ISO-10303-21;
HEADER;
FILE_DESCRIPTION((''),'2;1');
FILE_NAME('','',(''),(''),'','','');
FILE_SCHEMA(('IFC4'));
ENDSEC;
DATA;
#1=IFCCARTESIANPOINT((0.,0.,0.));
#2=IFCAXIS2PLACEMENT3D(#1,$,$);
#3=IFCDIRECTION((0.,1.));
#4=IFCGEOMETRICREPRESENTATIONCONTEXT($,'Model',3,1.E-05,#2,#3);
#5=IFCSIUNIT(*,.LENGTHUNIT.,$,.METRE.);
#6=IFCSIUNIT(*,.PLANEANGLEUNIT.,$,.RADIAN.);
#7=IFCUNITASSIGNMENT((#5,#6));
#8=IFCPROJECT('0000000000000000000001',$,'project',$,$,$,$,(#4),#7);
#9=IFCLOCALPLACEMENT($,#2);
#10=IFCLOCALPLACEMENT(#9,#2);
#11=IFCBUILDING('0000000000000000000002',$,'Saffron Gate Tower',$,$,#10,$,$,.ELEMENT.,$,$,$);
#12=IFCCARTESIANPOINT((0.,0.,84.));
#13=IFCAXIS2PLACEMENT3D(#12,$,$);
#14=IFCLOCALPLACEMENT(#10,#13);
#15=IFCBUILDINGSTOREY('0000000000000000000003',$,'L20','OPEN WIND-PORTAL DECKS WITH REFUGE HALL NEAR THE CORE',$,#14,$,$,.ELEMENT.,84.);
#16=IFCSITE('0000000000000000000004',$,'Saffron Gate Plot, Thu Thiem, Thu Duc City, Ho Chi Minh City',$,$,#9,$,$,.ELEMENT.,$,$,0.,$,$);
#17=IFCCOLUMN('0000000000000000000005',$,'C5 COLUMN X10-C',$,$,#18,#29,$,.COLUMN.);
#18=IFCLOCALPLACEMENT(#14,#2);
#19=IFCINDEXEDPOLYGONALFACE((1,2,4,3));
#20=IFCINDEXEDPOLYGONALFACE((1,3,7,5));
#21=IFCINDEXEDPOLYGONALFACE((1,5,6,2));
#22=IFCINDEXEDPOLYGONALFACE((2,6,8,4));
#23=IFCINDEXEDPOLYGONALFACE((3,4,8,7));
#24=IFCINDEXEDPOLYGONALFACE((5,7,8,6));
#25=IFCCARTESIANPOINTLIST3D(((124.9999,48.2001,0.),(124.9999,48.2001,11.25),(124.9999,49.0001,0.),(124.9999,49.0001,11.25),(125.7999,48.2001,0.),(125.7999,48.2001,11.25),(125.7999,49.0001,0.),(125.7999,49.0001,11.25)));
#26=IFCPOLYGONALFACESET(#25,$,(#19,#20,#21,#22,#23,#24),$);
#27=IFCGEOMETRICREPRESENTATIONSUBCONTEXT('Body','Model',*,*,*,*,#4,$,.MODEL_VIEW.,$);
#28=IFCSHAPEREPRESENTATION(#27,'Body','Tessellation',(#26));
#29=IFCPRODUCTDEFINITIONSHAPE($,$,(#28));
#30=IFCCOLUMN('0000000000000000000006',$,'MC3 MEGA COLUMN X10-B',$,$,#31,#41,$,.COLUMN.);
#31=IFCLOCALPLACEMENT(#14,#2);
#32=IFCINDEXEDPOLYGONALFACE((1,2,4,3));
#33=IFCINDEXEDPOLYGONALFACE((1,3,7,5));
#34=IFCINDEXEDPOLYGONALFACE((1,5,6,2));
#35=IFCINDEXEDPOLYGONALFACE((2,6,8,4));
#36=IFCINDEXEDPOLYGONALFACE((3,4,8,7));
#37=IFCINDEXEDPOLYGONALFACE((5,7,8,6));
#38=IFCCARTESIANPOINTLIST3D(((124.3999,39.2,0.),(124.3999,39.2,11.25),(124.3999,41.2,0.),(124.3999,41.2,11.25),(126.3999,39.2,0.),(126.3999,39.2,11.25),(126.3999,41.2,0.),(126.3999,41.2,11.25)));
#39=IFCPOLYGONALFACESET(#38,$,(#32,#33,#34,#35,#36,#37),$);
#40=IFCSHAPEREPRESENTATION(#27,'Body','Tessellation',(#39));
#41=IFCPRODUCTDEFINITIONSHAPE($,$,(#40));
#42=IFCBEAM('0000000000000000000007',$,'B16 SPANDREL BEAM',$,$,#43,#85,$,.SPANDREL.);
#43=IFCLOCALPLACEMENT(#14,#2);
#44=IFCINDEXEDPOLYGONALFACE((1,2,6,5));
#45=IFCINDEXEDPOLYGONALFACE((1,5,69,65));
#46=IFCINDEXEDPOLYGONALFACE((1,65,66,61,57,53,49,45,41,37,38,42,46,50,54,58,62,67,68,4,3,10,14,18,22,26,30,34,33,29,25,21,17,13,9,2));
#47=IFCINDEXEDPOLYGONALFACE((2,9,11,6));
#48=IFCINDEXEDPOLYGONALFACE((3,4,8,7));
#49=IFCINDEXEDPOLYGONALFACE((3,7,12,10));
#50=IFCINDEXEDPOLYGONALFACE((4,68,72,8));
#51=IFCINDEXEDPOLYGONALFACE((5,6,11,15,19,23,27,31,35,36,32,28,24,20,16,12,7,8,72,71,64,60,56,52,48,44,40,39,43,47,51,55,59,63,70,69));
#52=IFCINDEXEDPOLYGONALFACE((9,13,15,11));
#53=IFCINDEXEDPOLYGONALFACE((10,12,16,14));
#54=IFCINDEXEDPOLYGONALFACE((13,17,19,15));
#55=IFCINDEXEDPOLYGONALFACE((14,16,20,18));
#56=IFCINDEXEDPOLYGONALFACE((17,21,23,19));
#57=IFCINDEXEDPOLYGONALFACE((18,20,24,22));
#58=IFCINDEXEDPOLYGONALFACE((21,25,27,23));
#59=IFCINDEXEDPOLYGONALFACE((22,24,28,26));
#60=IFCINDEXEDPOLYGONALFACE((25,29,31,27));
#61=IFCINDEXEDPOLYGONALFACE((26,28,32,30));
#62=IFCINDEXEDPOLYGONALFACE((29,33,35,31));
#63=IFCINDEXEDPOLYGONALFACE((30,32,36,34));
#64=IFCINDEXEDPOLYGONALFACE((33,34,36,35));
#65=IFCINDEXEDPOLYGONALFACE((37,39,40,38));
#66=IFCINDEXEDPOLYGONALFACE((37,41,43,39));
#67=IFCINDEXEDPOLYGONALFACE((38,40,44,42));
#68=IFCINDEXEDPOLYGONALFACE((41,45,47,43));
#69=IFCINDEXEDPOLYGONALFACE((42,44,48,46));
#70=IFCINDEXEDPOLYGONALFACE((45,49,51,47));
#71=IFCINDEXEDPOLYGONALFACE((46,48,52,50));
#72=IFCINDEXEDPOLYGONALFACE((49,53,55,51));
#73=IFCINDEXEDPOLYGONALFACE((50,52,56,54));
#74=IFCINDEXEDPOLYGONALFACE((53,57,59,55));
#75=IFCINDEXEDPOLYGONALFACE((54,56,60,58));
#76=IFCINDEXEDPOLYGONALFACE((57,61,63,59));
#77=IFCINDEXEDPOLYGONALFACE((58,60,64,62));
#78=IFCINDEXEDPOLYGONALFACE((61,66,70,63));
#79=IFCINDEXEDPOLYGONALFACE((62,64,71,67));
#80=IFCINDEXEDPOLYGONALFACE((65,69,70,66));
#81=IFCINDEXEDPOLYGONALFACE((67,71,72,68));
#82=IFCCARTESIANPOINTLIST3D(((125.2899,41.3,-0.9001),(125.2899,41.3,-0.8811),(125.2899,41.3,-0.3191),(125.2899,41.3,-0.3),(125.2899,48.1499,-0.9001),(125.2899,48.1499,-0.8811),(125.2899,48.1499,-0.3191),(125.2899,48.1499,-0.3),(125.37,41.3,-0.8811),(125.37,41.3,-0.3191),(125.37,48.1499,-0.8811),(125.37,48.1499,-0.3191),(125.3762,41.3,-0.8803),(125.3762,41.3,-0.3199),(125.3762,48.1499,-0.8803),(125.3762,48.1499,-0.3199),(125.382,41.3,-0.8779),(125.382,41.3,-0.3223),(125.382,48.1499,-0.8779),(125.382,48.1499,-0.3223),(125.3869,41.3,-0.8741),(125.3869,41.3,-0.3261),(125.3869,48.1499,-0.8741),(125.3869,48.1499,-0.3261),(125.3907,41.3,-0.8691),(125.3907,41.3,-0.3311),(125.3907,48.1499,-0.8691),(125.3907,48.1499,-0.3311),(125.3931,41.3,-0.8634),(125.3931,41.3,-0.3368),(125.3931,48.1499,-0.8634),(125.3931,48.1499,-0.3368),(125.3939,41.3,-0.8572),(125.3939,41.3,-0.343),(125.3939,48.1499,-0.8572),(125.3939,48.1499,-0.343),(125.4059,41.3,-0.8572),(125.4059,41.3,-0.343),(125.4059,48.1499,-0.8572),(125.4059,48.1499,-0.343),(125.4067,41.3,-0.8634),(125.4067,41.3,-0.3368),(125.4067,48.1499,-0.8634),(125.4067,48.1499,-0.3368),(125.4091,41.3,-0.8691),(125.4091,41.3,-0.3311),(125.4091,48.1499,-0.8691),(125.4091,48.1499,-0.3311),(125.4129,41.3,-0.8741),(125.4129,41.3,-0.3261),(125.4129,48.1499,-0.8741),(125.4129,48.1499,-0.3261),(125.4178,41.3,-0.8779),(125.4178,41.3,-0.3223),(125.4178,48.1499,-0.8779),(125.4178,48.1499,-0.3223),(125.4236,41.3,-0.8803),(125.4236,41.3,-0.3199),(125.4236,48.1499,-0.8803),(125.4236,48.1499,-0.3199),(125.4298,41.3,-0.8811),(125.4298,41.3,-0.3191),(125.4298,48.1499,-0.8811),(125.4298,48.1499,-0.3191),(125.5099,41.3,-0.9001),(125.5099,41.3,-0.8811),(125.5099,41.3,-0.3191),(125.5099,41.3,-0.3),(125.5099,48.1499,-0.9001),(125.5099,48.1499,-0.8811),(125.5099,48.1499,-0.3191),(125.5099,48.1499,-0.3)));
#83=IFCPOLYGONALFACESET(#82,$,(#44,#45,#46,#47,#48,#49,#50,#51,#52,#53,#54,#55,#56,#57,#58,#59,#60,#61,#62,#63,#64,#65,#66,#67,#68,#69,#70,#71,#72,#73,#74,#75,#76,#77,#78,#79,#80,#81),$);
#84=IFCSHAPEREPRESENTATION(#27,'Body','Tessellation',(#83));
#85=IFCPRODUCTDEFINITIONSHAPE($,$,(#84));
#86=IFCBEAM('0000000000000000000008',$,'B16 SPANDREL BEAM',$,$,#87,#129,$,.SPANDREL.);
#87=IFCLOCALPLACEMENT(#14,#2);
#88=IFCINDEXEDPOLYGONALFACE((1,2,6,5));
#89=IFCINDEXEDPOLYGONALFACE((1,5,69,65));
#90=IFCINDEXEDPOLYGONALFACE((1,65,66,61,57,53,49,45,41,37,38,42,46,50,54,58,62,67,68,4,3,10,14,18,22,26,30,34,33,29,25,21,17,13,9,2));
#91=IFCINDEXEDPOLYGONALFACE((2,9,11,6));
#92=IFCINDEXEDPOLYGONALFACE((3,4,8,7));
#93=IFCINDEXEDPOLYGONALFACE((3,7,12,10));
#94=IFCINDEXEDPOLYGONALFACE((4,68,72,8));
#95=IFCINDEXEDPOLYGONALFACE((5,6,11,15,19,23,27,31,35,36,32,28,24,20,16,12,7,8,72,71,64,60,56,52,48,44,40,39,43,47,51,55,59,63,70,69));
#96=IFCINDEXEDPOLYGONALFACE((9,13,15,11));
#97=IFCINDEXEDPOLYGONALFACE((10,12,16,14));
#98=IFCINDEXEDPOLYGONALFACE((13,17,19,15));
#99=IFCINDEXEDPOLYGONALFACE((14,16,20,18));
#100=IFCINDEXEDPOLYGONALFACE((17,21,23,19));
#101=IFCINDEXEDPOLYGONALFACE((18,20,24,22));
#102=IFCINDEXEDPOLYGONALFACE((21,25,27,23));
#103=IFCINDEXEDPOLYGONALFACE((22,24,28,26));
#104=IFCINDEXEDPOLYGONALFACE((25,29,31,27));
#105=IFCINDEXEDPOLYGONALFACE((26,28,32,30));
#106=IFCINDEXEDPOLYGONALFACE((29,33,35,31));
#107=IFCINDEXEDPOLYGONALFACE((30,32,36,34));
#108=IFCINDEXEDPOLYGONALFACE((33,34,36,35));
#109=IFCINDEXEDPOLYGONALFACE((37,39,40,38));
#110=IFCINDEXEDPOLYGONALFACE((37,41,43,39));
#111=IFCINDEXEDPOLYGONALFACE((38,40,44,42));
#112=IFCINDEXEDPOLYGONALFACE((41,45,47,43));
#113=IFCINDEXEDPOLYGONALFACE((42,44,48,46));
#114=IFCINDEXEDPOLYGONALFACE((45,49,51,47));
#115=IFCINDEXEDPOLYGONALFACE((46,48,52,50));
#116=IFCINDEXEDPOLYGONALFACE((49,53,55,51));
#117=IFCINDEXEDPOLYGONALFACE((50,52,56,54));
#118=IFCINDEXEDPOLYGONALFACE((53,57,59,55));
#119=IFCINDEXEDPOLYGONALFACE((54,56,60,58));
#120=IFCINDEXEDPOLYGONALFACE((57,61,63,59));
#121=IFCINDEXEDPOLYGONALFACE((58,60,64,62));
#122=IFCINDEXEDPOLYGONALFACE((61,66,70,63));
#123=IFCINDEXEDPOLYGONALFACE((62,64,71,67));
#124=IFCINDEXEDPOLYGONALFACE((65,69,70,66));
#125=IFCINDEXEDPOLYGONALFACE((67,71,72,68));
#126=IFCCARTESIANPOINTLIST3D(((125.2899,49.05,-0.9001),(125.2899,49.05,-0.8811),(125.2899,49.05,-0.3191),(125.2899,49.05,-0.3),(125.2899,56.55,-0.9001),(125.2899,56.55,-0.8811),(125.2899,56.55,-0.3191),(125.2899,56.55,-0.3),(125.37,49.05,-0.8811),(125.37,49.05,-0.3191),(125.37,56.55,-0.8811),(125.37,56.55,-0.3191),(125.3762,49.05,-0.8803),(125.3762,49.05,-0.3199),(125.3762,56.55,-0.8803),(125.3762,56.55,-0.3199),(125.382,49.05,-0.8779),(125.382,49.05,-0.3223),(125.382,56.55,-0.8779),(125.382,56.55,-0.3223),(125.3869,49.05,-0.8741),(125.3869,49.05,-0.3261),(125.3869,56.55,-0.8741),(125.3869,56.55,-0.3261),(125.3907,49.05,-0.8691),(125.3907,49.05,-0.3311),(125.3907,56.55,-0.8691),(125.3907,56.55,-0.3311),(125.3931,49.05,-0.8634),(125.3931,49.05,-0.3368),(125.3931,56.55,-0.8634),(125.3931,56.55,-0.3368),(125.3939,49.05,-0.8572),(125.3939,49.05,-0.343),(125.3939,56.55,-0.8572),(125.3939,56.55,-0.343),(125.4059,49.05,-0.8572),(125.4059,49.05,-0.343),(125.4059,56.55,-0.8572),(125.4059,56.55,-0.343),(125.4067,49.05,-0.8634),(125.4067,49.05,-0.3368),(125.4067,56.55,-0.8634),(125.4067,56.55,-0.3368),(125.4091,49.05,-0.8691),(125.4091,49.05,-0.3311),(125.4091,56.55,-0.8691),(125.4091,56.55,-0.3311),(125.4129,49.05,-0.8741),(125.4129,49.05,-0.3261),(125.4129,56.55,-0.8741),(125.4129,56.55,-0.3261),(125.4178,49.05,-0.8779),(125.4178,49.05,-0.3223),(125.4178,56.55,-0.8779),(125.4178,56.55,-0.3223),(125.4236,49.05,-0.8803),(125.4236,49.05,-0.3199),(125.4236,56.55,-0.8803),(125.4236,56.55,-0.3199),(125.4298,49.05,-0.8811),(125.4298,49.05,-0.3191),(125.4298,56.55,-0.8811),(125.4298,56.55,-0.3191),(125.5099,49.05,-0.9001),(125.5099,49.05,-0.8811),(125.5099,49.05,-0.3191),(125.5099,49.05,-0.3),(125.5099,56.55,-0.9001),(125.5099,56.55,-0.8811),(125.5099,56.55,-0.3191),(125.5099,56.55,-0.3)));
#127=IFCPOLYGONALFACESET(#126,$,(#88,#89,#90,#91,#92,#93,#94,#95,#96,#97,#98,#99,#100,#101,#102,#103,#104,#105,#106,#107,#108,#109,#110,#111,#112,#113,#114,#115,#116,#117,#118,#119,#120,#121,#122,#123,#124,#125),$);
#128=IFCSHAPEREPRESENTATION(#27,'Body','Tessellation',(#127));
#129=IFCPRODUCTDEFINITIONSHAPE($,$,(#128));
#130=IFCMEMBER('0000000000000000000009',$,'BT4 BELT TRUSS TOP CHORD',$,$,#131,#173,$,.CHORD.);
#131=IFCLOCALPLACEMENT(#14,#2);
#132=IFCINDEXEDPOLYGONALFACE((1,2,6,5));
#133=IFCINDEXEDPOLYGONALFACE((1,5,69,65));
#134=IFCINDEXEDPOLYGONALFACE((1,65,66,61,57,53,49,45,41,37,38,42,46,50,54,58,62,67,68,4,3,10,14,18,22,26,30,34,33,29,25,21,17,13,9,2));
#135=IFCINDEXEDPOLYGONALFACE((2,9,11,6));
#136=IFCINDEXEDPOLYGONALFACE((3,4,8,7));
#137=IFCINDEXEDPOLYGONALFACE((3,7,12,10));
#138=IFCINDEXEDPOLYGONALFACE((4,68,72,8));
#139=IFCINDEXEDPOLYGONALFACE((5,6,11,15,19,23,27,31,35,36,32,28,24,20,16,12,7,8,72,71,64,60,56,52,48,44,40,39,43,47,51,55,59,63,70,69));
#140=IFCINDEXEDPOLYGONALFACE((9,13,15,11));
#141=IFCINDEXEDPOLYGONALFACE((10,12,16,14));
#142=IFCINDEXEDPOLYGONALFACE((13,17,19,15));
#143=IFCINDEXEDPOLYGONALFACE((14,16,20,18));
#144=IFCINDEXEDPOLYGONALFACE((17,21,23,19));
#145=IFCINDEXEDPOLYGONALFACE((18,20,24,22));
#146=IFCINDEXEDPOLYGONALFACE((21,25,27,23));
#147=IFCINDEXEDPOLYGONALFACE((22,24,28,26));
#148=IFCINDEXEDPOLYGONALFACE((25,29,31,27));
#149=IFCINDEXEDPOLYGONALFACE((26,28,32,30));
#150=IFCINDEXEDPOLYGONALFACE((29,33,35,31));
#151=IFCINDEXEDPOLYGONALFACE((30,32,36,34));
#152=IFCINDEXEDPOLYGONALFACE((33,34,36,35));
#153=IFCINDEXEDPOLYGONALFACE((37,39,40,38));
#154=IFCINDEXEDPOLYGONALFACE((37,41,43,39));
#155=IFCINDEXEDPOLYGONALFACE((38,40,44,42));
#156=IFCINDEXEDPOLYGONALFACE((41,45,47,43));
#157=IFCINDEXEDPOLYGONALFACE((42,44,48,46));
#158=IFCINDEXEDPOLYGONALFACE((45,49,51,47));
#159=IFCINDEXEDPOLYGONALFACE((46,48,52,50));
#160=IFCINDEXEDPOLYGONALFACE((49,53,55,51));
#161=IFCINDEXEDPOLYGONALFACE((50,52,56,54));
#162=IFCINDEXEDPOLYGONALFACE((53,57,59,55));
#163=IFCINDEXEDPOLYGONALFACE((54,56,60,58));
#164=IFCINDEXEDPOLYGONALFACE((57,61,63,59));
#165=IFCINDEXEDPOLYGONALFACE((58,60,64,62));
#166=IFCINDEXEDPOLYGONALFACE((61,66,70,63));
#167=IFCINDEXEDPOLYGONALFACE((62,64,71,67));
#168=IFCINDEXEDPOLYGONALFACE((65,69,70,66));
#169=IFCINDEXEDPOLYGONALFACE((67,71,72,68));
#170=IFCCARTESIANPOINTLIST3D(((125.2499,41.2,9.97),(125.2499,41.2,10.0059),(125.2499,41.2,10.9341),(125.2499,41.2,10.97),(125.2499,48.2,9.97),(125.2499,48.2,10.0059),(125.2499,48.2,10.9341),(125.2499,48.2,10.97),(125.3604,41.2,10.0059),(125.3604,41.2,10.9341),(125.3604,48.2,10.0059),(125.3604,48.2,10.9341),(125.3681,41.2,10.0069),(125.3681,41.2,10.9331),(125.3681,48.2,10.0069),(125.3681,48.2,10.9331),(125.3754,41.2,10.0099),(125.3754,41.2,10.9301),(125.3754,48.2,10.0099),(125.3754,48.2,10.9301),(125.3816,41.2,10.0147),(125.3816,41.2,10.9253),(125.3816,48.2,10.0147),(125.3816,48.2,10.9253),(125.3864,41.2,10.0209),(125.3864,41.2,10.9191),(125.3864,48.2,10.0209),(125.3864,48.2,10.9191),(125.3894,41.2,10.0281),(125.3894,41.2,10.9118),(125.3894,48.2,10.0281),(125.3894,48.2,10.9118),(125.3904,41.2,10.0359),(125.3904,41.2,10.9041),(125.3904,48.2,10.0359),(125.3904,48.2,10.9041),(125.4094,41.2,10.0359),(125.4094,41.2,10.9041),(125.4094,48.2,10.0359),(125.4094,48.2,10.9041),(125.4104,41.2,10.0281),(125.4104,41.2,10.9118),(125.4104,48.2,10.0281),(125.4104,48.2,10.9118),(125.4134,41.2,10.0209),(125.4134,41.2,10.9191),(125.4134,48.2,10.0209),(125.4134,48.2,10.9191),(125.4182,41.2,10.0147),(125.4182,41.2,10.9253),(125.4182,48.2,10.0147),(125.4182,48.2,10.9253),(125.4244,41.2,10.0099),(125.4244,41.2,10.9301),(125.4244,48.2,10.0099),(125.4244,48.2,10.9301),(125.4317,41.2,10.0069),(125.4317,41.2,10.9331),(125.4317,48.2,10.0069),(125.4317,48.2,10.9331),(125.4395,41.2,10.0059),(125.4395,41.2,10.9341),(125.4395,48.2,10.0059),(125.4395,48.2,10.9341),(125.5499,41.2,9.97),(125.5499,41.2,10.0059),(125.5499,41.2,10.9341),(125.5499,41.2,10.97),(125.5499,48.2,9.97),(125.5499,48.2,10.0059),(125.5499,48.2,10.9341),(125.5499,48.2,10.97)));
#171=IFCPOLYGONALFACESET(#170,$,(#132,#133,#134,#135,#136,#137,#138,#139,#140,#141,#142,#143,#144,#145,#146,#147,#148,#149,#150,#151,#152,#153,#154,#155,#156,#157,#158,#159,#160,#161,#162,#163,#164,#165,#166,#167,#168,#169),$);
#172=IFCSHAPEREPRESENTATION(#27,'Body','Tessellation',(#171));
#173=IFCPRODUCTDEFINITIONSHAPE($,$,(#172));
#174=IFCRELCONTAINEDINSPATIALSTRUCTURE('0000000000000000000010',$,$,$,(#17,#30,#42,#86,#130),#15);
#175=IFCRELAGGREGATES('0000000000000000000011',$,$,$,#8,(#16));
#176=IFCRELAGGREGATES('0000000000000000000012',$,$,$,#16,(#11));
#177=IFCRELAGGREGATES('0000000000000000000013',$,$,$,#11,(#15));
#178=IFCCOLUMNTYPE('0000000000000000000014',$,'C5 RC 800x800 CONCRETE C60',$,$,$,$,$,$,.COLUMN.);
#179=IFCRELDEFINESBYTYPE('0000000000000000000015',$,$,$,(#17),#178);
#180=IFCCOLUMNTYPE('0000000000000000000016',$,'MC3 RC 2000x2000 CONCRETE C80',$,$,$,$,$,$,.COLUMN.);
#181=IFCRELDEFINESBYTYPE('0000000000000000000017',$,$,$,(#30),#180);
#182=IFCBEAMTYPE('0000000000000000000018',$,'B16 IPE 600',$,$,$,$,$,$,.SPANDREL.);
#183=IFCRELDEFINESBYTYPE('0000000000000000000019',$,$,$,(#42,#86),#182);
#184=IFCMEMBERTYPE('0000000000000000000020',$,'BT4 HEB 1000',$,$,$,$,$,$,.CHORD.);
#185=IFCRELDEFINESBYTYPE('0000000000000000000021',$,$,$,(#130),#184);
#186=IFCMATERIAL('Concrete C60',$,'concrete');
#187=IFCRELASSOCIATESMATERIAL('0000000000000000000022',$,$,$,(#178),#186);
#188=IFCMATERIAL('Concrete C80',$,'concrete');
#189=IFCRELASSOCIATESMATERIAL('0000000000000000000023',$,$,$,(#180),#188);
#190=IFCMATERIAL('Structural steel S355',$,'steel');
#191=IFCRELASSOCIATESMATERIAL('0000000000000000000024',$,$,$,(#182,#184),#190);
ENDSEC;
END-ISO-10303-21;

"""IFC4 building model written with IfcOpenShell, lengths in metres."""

from ifc_helpers import new_model, si_unit, direction, frame, origin, origin_2d, place, context, subcontext, project, spatial, rectangle, i_section, extrude, material, material_profile, profile_set, type_object, element, save


model = new_model("IFC4")

# Units and contexts
model_context = context("Model", 3, precision=1e-05, world=origin(), true_north=direction((0.0, 1.0)))
body_context = subcontext(model_context, "Body", "Model", "MODEL_VIEW")
ifc_project = project(units=[si_unit("LENGTHUNIT", "METRE"), si_unit("PLANEANGLEUNIT", "RADIAN")], contexts=[model_context])

# Site, building, storey
site_placement = place(None, origin())
site = spatial("IfcSite", under=ifc_project, at=site_placement, Name="Saffron Gate Plot, Thu Thiem, Thu Duc City, Ho Chi Minh City", CompositionType="ELEMENT", RefElevation=0.0)
building_placement = place(site_placement, origin())
building = spatial("IfcBuilding", under=site, at=building_placement, Name="Saffron Gate Tower", CompositionType="ELEMENT")
storey_placement = place(building_placement, frame((0.0, 0.0, 84.0)))
storey = spatial("IfcBuildingStorey", under=building, at=storey_placement, Name="L20", Description="OPEN WIND-PORTAL DECKS WITH REFUGE HALL NEAR THE CORE", CompositionType="ELEMENT", Elevation=84.0)

# Columns
ifc_material_1 = material(Name="Concrete C60", Category="concrete")
ifc_material_profile_1 = material_profile(ifc_material_1, rectangle(XDim=0.8, YDim=0.8, at=origin_2d()))
ifc_profile_set_1 = profile_set([ifc_material_profile_1], Name="Concrete C60")
column_type_1 = type_object("IfcColumnType", Name="C5 RC 800x800 CONCRETE C60", PredefinedType="COLUMN", material=ifc_profile_set_1)
column_1_placement = place(storey_placement, frame((125.3999, 48.6001, 0.0), z_axis=(0.0, 0.0, 1.0), x_axis=(1.0, 0.0, 0.0)))
element("IfcColumn", 1, at=column_1_placement, inside=storey, type_object=column_type_1, Name="C5 COLUMN X10-C", PredefinedType="COLUMN", context=body_context, shape_type="SweptSolid", body=[
    extrude(rectangle(XDim=0.8, YDim=0.8, at=origin_2d()), origin(), (0.0, 0.0, 1.0), 11.25),
])
ifc_material_2 = material(Name="Concrete C80", Category="concrete")
ifc_material_profile_2 = material_profile(ifc_material_2, rectangle(XDim=2.0, YDim=2.0, at=origin_2d()))
ifc_profile_set_2 = profile_set([ifc_material_profile_2], Name="Concrete C80")
column_type_2 = type_object("IfcColumnType", Name="MC3 RC 2000x2000 CONCRETE C80", PredefinedType="COLUMN", material=ifc_profile_set_2)
column_2_placement = place(storey_placement, frame((125.3999, 40.2, 0.0), z_axis=(0.0, 0.0, 1.0), x_axis=(1.0, 0.0, 0.0)))
element("IfcColumn", 2, at=column_2_placement, inside=storey, type_object=column_type_2, Name="MC3 MEGA COLUMN X10-B", PredefinedType="COLUMN", context=body_context, shape_type="SweptSolid", body=[
    extrude(rectangle(XDim=2.0, YDim=2.0, at=origin_2d()), origin(), (0.0, 0.0, 1.0), 11.25),
])

# Beams
ifc_material_3 = material(Name="Structural steel S355", Category="steel")
ifc_material_profile_3 = material_profile(ifc_material_3, i_section(OverallWidth=0.22, OverallDepth=0.6001, WebThickness=0.012, FlangeThickness=0.019, FilletRadius=0.0239, at=origin_2d()))
ifc_profile_set_3 = profile_set([ifc_material_profile_3], Name="Structural steel S355")
beam_type_1 = type_object("IfcBeamType", Name="B16 IPE 600", PredefinedType="SPANDREL", material=ifc_profile_set_3)
beam_1_placement = place(storey_placement, frame((125.3999, 41.3, -0.6001), z_axis=(0.0, 1.0, 0.0), x_axis=(-1.0, 0.0, 0.0)))
element("IfcBeam", 3, at=beam_1_placement, inside=storey, type_object=beam_type_1, Name="B16 SPANDREL BEAM", PredefinedType="SPANDREL", context=body_context, shape_type="SweptSolid", body=[
    extrude(i_section(OverallWidth=0.22, OverallDepth=0.6001, WebThickness=0.012, FlangeThickness=0.019, FilletRadius=0.0239, at=origin_2d()), origin(), (0.0, 0.0, 1.0), 6.8499),
])
beam_2_placement = place(storey_placement, frame((125.3999, 49.05, -0.6001), z_axis=(0.0, 1.0, 0.0), x_axis=(-1.0, 0.0, 0.0)))
element("IfcBeam", 4, at=beam_2_placement, inside=storey, type_object=beam_type_1, Name="B16 SPANDREL BEAM", PredefinedType="SPANDREL", context=body_context, shape_type="SweptSolid", body=[
    extrude(i_section(OverallWidth=0.22, OverallDepth=0.6001, WebThickness=0.012, FlangeThickness=0.019, FilletRadius=0.0239, at=origin_2d()), origin(), (0.0, 0.0, 1.0), 7.5),
])

# Member
ifc_material_profile_4 = material_profile(ifc_material_3, i_section(OverallWidth=0.3, OverallDepth=1.0, WebThickness=0.019, FlangeThickness=0.0359, FilletRadius=0.03, at=origin_2d()))
ifc_profile_set_4 = profile_set([ifc_material_profile_4], Name="Structural steel S355")
member_type_1 = type_object("IfcMemberType", Name="BT4 HEB 1000", PredefinedType="CHORD", material=ifc_profile_set_4)
for number, where, z_axis, x_axis, name in (
    (5, (125.3999, 41.2, 10.47), (0.0, 1.0, 0.0), (-1.0, 0.0, 0.0), "BT4 BELT TRUSS TOP CHORD"),
):
    element("IfcMember", number, at=place(storey_placement, frame(where, z_axis=z_axis, x_axis=x_axis)), inside=storey, type_object=member_type_1, Name=name, PredefinedType="CHORD", context=body_context, shape_type="SweptSolid", body=[
        extrude(i_section(OverallWidth=0.3, OverallDepth=1.0, WebThickness=0.019, FlangeThickness=0.0359, FilletRadius=0.03, at=origin_2d()), origin(), (0.0, 0.0, 1.0), 7.0),
    ])

save(model, "model.ifc")
